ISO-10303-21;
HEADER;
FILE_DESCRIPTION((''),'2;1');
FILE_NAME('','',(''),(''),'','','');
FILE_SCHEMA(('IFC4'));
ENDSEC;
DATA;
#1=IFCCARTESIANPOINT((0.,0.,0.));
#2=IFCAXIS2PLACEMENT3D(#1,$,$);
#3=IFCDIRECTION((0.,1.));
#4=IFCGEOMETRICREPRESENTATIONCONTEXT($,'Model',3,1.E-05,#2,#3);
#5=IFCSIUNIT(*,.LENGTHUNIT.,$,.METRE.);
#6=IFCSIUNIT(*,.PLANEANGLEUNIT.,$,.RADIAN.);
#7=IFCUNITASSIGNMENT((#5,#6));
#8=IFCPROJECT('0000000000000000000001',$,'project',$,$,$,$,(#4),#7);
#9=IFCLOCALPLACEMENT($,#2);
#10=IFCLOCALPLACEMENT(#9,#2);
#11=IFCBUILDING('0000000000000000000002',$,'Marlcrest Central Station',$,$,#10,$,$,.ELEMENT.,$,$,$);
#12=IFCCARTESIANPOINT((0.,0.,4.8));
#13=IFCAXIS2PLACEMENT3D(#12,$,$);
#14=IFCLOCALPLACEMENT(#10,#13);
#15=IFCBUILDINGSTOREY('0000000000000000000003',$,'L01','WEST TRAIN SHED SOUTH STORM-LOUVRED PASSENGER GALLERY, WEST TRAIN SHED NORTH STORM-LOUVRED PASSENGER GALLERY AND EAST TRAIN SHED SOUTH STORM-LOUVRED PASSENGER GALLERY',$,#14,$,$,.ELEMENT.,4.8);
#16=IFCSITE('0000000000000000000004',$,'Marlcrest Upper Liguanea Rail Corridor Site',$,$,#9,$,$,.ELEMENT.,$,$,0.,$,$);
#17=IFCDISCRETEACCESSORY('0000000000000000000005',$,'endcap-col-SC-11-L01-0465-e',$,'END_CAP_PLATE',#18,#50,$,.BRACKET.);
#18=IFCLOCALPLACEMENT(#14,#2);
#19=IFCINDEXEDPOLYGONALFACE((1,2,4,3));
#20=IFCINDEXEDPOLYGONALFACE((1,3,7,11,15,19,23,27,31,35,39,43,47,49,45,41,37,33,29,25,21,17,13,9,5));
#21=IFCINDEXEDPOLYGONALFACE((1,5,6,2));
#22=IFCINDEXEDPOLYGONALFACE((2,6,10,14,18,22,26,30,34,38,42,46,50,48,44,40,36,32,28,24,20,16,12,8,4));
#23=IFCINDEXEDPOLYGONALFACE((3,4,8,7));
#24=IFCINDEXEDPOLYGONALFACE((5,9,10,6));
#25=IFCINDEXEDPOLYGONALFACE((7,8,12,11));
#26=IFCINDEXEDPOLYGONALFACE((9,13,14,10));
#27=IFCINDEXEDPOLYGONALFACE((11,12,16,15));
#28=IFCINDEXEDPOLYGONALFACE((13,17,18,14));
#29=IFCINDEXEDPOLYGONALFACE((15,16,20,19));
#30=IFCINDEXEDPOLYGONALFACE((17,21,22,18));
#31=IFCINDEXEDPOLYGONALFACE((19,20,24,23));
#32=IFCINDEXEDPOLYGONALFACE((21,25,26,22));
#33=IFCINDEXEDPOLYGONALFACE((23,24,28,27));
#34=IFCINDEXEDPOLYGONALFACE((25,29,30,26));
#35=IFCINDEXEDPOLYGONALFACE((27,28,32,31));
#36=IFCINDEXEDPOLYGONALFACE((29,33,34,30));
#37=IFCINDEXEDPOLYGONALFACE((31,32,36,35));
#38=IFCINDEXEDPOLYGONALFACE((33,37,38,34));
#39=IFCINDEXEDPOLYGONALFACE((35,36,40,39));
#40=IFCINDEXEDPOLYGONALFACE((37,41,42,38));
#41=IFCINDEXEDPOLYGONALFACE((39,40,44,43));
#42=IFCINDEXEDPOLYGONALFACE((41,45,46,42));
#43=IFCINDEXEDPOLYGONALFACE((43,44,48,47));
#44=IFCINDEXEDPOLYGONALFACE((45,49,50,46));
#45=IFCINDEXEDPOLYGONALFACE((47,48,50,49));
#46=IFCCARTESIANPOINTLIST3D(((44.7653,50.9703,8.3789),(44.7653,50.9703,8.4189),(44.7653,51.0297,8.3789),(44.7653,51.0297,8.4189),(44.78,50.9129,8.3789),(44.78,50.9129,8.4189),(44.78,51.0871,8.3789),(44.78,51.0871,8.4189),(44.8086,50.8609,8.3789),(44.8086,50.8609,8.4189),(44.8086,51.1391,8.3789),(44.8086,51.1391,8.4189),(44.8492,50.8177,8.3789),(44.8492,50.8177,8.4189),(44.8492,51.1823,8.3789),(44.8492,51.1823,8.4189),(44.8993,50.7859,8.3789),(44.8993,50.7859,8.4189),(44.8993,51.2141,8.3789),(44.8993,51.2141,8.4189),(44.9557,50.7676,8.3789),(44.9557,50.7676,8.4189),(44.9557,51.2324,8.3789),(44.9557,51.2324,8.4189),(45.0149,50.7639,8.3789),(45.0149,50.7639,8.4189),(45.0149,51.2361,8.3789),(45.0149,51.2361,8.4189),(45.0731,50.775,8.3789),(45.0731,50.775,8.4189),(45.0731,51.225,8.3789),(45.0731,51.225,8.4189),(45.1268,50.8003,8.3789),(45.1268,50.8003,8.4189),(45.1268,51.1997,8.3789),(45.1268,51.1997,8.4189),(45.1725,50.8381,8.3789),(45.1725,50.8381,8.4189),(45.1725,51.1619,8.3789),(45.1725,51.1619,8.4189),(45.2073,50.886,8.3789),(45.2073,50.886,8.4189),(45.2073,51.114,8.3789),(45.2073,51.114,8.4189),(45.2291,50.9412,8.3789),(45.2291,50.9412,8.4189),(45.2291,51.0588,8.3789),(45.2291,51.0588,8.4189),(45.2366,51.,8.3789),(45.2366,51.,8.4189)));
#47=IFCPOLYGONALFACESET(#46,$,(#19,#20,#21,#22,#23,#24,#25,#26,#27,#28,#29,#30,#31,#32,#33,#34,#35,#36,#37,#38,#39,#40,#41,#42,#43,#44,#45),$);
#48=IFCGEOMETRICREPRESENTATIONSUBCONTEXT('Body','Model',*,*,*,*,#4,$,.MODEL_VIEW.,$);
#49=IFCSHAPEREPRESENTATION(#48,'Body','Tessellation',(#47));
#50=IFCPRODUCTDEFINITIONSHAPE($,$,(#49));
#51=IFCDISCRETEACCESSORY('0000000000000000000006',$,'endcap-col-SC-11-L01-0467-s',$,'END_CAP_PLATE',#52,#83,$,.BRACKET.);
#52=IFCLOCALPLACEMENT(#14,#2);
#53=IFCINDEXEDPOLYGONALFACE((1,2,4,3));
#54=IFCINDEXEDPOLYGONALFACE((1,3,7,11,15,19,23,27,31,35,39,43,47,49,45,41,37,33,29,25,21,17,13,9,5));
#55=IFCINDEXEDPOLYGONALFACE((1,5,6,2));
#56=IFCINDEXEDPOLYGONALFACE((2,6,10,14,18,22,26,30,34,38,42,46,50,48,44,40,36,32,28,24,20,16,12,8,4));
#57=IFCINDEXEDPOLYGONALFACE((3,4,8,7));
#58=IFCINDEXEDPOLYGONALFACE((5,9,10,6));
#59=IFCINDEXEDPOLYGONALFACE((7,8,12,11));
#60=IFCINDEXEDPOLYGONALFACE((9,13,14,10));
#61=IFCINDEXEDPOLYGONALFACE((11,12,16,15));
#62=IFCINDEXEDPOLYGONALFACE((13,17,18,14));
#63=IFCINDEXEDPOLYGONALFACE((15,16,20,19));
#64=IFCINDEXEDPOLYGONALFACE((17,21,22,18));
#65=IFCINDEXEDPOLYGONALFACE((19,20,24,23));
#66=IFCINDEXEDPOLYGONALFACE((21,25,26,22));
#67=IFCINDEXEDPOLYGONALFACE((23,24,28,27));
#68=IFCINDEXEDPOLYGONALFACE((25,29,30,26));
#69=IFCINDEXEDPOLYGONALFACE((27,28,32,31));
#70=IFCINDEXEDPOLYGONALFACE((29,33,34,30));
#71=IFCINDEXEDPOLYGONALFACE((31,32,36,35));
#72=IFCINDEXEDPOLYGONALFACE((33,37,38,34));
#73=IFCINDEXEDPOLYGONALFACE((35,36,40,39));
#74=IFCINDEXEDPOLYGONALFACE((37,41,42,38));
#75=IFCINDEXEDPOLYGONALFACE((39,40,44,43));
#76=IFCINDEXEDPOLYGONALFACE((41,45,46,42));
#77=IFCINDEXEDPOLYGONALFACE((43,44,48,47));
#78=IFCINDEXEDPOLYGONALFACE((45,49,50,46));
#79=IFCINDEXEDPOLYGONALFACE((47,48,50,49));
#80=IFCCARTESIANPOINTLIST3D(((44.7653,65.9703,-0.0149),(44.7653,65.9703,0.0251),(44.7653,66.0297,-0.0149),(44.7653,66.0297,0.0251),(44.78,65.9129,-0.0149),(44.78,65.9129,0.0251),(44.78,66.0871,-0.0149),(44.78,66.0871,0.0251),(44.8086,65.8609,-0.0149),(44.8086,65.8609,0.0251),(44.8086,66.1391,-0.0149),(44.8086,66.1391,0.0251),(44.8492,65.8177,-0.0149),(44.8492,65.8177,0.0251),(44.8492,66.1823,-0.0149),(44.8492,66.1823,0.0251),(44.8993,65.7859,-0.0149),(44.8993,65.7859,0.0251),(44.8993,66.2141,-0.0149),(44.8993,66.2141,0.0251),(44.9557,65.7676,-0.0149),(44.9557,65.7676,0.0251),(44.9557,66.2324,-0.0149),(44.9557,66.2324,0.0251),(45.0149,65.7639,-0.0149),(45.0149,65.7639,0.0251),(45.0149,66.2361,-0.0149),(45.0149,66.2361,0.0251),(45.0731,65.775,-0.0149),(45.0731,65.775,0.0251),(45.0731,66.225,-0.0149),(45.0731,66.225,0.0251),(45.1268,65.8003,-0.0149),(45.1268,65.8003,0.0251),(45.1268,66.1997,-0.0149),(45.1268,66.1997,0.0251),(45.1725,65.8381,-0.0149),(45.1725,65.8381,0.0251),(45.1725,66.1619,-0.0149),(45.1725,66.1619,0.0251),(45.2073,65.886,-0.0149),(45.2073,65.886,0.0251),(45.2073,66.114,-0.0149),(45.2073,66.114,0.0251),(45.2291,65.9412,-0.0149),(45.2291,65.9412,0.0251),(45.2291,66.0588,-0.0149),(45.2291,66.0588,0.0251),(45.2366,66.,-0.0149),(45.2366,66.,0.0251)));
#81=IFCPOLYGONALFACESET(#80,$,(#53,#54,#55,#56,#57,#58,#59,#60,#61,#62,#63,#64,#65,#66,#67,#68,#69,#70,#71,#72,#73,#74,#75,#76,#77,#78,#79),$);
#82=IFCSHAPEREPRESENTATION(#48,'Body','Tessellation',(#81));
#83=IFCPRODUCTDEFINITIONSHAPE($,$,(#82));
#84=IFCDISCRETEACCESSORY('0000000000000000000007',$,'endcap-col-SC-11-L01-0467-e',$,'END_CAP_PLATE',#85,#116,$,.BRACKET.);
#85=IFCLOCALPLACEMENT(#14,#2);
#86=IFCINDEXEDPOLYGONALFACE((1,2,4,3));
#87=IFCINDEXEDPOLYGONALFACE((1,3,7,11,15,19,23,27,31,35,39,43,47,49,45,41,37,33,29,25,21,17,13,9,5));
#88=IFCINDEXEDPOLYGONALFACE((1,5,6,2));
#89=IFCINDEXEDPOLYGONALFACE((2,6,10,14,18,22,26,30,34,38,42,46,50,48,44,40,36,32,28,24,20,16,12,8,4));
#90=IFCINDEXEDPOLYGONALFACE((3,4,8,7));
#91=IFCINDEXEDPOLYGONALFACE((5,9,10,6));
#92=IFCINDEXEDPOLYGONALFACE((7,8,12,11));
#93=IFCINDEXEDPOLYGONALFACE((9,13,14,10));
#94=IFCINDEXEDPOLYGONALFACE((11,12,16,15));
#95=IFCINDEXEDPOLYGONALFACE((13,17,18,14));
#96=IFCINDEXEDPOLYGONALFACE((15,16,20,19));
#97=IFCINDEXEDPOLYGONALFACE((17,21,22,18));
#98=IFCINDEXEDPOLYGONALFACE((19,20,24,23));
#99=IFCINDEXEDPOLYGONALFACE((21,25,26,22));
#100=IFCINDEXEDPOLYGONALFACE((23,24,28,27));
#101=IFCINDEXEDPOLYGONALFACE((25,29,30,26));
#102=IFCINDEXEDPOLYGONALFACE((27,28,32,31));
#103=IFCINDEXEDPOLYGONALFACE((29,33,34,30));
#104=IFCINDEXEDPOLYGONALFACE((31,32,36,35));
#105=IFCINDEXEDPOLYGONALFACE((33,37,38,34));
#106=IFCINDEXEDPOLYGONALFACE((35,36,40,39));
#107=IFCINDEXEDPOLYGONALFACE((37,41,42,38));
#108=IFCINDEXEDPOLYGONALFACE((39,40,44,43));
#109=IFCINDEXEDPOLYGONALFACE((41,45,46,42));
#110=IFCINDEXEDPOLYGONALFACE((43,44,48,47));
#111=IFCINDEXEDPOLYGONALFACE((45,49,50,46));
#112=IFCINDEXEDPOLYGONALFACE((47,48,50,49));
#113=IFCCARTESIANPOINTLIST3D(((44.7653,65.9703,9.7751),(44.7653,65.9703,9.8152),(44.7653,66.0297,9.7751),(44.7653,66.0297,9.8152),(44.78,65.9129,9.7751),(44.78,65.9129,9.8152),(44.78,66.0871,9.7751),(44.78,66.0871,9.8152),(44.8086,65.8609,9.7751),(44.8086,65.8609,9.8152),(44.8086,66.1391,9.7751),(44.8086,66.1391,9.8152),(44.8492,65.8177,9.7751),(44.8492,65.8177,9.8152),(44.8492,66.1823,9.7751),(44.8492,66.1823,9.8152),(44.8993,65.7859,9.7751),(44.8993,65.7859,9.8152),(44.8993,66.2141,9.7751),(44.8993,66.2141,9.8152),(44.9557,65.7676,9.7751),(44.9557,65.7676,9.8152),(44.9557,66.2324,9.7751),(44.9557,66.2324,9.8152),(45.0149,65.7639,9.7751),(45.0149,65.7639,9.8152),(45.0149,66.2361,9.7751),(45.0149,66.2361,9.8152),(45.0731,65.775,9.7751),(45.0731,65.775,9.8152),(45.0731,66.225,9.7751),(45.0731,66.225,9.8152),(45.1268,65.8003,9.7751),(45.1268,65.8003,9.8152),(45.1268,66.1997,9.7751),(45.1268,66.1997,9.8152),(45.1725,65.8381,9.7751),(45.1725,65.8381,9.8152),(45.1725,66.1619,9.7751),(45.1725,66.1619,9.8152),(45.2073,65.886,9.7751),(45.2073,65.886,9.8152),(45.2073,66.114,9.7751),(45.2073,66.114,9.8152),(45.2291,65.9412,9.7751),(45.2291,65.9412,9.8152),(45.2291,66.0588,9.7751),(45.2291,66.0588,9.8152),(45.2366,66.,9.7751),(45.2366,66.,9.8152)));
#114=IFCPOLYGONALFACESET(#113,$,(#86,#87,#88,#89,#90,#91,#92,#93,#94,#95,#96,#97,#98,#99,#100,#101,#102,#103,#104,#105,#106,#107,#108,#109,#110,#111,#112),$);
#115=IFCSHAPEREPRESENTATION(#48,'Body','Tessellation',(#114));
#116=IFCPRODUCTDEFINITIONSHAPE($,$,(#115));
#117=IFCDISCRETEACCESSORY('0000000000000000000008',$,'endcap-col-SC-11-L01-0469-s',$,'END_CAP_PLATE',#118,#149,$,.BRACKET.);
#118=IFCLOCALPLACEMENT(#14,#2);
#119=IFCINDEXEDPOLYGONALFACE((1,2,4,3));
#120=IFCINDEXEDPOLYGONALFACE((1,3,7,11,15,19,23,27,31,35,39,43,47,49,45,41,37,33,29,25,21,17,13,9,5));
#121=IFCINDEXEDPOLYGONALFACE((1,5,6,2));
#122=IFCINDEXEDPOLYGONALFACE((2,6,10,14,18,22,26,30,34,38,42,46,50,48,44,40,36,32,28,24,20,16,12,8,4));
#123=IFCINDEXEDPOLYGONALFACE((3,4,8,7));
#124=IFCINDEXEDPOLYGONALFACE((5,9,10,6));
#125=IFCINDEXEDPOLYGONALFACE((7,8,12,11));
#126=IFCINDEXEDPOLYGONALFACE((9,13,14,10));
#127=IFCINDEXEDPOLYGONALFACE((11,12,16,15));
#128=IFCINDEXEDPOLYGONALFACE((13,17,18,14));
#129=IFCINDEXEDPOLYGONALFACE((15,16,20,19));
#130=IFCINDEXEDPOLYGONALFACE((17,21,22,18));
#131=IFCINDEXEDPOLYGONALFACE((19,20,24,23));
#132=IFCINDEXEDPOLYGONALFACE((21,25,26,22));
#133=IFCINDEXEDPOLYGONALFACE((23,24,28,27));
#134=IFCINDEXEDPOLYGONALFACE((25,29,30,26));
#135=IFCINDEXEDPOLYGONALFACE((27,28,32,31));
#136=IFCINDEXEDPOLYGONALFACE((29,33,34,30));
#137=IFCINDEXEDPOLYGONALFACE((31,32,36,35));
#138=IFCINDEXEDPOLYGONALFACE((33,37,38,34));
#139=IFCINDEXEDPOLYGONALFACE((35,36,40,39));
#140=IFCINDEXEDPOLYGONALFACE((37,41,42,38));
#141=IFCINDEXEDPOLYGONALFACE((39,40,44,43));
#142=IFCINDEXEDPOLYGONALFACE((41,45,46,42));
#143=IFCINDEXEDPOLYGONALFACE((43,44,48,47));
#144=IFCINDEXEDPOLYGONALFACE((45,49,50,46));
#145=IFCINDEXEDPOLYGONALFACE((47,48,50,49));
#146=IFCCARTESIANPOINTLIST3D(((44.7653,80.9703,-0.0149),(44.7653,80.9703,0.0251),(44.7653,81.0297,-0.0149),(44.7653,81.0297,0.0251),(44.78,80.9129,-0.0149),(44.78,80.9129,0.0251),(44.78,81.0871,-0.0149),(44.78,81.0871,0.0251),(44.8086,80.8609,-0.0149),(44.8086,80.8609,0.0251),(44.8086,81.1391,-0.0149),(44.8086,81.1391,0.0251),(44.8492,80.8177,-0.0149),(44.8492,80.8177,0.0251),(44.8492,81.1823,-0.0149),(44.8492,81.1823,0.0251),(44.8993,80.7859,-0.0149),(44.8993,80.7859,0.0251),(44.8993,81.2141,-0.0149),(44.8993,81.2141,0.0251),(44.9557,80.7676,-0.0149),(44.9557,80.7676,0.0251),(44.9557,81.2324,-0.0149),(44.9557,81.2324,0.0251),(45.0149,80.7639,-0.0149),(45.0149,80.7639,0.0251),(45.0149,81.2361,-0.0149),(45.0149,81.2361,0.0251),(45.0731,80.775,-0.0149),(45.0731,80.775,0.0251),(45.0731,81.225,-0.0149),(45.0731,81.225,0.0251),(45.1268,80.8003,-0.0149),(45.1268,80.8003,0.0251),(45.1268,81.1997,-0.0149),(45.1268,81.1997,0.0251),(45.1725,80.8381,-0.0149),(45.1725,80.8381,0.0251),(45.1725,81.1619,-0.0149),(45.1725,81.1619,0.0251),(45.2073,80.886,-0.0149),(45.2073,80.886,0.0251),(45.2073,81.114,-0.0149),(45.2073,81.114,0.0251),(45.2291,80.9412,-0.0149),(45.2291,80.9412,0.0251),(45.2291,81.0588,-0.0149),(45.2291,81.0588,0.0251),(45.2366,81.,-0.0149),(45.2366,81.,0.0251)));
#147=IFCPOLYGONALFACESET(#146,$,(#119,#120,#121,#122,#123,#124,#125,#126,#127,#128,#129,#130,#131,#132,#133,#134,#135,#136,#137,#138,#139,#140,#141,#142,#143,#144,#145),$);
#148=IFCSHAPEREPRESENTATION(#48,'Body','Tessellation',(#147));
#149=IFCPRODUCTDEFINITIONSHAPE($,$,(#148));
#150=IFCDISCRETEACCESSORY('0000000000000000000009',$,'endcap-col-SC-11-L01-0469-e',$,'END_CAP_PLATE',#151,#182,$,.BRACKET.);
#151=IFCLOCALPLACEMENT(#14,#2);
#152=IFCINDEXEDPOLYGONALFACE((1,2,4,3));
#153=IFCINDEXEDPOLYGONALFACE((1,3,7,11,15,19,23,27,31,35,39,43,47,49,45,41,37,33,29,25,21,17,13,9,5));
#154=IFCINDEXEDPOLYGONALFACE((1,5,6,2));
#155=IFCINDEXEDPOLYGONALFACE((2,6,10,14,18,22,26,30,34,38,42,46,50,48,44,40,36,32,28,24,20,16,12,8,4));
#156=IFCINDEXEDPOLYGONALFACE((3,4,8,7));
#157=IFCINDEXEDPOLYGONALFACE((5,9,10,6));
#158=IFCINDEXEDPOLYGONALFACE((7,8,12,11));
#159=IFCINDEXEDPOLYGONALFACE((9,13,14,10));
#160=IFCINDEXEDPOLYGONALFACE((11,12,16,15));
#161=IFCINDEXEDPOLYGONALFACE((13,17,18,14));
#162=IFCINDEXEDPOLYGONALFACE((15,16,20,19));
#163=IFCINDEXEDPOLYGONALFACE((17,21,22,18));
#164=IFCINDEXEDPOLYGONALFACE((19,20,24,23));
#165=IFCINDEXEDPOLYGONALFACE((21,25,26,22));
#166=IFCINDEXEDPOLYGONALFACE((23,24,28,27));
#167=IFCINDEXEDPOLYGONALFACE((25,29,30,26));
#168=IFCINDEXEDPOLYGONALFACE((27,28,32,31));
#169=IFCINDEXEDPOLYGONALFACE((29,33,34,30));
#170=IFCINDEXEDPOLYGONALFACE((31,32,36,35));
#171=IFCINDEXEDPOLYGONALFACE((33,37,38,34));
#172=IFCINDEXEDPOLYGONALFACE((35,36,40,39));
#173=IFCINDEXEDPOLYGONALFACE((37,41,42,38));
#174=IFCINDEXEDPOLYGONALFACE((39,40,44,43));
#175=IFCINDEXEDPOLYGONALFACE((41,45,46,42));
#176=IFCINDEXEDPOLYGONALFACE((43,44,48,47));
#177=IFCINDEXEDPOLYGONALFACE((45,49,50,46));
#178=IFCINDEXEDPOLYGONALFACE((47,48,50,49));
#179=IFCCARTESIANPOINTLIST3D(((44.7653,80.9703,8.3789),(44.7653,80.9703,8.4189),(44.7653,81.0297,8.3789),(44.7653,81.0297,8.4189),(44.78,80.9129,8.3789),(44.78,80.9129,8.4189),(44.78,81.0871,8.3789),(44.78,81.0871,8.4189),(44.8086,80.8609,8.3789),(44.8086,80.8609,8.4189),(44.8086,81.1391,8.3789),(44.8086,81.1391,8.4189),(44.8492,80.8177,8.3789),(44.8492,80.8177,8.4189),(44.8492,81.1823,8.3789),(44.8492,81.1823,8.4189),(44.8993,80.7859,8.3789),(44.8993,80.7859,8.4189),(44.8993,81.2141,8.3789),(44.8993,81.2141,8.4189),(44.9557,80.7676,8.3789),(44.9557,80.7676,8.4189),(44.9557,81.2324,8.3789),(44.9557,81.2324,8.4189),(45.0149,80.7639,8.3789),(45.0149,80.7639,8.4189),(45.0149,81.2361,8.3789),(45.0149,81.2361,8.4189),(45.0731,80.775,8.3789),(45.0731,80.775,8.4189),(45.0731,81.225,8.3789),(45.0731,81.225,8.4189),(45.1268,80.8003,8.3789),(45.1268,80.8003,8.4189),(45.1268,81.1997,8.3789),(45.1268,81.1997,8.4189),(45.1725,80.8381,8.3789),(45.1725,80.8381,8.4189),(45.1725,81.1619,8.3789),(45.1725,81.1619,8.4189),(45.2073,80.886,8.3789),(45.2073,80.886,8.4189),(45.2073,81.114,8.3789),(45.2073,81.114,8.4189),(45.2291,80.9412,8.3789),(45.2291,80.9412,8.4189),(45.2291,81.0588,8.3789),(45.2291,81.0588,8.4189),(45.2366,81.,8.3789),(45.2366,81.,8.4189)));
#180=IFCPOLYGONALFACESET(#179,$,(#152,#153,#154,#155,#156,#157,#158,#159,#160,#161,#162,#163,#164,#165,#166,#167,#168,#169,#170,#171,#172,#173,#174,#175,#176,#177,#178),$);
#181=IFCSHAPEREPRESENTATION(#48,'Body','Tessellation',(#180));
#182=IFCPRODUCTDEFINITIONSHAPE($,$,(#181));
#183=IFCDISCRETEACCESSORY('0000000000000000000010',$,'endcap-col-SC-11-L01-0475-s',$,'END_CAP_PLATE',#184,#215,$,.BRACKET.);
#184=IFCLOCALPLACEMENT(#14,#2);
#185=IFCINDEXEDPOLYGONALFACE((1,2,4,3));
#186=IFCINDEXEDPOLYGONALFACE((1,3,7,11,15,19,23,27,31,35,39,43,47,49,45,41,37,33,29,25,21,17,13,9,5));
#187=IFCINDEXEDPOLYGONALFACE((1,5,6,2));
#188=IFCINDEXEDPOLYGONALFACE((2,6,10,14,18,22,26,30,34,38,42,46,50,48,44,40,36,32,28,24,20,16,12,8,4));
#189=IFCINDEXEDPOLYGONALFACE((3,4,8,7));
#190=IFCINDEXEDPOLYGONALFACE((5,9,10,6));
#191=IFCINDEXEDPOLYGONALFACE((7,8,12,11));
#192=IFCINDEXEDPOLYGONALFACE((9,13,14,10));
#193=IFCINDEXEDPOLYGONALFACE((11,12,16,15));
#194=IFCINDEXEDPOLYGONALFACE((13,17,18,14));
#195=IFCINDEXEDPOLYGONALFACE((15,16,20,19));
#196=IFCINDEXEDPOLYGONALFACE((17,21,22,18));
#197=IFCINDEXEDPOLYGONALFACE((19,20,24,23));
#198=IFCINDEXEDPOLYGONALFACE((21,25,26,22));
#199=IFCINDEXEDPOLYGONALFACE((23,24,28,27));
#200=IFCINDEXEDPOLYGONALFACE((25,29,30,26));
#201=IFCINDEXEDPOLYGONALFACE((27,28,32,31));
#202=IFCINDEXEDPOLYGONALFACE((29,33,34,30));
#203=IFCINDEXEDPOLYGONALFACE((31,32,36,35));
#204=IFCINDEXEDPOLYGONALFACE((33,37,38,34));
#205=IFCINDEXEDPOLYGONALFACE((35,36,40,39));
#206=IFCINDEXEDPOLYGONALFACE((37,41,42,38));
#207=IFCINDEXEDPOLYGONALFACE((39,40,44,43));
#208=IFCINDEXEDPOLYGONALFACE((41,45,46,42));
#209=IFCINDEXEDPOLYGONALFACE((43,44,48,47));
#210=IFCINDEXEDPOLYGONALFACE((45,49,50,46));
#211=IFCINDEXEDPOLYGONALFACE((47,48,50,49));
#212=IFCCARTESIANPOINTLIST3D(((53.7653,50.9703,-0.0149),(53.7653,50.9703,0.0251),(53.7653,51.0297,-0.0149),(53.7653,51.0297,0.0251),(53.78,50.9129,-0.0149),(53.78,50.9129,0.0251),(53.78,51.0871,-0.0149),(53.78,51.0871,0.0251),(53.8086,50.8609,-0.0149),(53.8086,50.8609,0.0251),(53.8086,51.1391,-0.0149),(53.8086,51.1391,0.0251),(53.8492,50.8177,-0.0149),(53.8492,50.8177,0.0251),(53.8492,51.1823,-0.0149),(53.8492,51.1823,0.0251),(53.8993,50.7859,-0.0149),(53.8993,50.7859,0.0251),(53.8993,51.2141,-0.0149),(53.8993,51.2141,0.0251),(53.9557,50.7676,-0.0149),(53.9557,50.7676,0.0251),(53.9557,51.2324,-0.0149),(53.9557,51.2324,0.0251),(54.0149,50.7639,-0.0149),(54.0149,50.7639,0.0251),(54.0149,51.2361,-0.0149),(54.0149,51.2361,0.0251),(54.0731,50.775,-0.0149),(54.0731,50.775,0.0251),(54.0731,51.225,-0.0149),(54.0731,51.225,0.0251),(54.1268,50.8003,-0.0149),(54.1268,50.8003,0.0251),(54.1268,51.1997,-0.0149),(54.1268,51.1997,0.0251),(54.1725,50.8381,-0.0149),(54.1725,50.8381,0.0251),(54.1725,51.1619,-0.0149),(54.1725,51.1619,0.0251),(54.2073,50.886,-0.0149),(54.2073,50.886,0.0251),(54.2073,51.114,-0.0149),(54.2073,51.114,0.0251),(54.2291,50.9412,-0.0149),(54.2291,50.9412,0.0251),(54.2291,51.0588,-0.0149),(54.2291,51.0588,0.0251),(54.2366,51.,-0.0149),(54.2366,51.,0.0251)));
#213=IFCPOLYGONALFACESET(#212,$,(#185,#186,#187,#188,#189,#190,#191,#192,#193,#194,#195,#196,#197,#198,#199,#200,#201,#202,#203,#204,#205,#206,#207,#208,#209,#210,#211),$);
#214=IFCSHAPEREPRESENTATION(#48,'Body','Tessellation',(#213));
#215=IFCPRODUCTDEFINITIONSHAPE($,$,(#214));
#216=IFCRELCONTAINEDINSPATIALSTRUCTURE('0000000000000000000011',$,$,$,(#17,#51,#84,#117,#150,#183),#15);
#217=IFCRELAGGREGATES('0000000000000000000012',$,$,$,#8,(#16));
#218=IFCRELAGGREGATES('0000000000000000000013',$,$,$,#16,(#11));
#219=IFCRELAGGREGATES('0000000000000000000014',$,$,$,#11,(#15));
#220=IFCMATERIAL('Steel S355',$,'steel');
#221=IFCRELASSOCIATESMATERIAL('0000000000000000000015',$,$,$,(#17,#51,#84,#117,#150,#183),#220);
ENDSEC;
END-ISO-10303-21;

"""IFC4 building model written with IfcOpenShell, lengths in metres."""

from ifc_helpers import new_model, si_unit, direction, frame, origin, origin_2d, place, context, subcontext, project, spatial, circle, extrude, material, element, save


model = new_model("IFC4")

# Units and contexts
model_context = context("Model", 3, precision=1e-05, world=origin(), true_north=direction((0.0, 1.0)))
body_context = subcontext(model_context, "Body", "Model", "MODEL_VIEW")
ifc_project = project(units=[si_unit("LENGTHUNIT", "METRE"), si_unit("PLANEANGLEUNIT", "RADIAN")], contexts=[model_context])

# Site, building, storey
site_placement = place(None, origin())
site = spatial("IfcSite", under=ifc_project, at=site_placement, Name="Marlcrest Upper Liguanea Rail Corridor Site", CompositionType="ELEMENT", RefElevation=0.0)
building_placement = place(site_placement, origin())
building = spatial("IfcBuilding", under=site, at=building_placement, Name="Marlcrest Central Station", CompositionType="ELEMENT")
storey_placement = place(building_placement, frame((0.0, 0.0, 4.8)))
storey = spatial("IfcBuildingStorey", under=building, at=storey_placement, Name="L01", Description="WEST TRAIN SHED SOUTH STORM-LOUVRED PASSENGER GALLERY, WEST TRAIN SHED NORTH STORM-LOUVRED PASSENGER GALLERY AND EAST TRAIN SHED SOUTH STORM-LOUVRED PASSENGER GALLERY", CompositionType="ELEMENT", Elevation=4.8)

# Shared definitions
ifc_material = material(Name="Steel S355", Category="steel")

# Discrete accessories
for number, where, z_axis, x_axis, name in (
    (1, (45.0, 51.0, 8.3789), (0.0, 0.0, 1.0), (1.0, 0.0, 0.0), "endcap-col-SC-11-L01-0465-e"),
    (2, (45.0, 66.0, -0.0149), (0.0, 0.0, 1.0), (1.0, 0.0, 0.0), "endcap-col-SC-11-L01-0467-s"),
    (3, (45.0, 66.0, 9.7751), (0.0, 0.0, 1.0), (1.0, 0.0, 0.0), "endcap-col-SC-11-L01-0467-e"),
    (4, (45.0, 81.0, -0.0149), (0.0, 0.0, 1.0), (1.0, 0.0, 0.0), "endcap-col-SC-11-L01-0469-s"),
    (5, (45.0, 81.0, 8.3789), (0.0, 0.0, 1.0), (1.0, 0.0, 0.0), "endcap-col-SC-11-L01-0469-e"),
    (6, (54.0, 51.0, -0.0149), (0.0, 0.0, 1.0), (1.0, 0.0, 0.0), "endcap-col-SC-11-L01-0475-s"),
):
    element("IfcDiscreteAccessory", number, at=place(storey_placement, frame(where, z_axis=z_axis, x_axis=x_axis)), inside=storey, material=ifc_material, Name=name, ObjectType="END_CAP_PLATE", PredefinedType="BRACKET", context=body_context, shape_type="SweptSolid", body=[
        extrude(circle(Radius=0.2366, at=origin_2d()), origin(), (0.0, 0.0, 1.0), 0.04),
    ])

save(model, "model.ifc")
